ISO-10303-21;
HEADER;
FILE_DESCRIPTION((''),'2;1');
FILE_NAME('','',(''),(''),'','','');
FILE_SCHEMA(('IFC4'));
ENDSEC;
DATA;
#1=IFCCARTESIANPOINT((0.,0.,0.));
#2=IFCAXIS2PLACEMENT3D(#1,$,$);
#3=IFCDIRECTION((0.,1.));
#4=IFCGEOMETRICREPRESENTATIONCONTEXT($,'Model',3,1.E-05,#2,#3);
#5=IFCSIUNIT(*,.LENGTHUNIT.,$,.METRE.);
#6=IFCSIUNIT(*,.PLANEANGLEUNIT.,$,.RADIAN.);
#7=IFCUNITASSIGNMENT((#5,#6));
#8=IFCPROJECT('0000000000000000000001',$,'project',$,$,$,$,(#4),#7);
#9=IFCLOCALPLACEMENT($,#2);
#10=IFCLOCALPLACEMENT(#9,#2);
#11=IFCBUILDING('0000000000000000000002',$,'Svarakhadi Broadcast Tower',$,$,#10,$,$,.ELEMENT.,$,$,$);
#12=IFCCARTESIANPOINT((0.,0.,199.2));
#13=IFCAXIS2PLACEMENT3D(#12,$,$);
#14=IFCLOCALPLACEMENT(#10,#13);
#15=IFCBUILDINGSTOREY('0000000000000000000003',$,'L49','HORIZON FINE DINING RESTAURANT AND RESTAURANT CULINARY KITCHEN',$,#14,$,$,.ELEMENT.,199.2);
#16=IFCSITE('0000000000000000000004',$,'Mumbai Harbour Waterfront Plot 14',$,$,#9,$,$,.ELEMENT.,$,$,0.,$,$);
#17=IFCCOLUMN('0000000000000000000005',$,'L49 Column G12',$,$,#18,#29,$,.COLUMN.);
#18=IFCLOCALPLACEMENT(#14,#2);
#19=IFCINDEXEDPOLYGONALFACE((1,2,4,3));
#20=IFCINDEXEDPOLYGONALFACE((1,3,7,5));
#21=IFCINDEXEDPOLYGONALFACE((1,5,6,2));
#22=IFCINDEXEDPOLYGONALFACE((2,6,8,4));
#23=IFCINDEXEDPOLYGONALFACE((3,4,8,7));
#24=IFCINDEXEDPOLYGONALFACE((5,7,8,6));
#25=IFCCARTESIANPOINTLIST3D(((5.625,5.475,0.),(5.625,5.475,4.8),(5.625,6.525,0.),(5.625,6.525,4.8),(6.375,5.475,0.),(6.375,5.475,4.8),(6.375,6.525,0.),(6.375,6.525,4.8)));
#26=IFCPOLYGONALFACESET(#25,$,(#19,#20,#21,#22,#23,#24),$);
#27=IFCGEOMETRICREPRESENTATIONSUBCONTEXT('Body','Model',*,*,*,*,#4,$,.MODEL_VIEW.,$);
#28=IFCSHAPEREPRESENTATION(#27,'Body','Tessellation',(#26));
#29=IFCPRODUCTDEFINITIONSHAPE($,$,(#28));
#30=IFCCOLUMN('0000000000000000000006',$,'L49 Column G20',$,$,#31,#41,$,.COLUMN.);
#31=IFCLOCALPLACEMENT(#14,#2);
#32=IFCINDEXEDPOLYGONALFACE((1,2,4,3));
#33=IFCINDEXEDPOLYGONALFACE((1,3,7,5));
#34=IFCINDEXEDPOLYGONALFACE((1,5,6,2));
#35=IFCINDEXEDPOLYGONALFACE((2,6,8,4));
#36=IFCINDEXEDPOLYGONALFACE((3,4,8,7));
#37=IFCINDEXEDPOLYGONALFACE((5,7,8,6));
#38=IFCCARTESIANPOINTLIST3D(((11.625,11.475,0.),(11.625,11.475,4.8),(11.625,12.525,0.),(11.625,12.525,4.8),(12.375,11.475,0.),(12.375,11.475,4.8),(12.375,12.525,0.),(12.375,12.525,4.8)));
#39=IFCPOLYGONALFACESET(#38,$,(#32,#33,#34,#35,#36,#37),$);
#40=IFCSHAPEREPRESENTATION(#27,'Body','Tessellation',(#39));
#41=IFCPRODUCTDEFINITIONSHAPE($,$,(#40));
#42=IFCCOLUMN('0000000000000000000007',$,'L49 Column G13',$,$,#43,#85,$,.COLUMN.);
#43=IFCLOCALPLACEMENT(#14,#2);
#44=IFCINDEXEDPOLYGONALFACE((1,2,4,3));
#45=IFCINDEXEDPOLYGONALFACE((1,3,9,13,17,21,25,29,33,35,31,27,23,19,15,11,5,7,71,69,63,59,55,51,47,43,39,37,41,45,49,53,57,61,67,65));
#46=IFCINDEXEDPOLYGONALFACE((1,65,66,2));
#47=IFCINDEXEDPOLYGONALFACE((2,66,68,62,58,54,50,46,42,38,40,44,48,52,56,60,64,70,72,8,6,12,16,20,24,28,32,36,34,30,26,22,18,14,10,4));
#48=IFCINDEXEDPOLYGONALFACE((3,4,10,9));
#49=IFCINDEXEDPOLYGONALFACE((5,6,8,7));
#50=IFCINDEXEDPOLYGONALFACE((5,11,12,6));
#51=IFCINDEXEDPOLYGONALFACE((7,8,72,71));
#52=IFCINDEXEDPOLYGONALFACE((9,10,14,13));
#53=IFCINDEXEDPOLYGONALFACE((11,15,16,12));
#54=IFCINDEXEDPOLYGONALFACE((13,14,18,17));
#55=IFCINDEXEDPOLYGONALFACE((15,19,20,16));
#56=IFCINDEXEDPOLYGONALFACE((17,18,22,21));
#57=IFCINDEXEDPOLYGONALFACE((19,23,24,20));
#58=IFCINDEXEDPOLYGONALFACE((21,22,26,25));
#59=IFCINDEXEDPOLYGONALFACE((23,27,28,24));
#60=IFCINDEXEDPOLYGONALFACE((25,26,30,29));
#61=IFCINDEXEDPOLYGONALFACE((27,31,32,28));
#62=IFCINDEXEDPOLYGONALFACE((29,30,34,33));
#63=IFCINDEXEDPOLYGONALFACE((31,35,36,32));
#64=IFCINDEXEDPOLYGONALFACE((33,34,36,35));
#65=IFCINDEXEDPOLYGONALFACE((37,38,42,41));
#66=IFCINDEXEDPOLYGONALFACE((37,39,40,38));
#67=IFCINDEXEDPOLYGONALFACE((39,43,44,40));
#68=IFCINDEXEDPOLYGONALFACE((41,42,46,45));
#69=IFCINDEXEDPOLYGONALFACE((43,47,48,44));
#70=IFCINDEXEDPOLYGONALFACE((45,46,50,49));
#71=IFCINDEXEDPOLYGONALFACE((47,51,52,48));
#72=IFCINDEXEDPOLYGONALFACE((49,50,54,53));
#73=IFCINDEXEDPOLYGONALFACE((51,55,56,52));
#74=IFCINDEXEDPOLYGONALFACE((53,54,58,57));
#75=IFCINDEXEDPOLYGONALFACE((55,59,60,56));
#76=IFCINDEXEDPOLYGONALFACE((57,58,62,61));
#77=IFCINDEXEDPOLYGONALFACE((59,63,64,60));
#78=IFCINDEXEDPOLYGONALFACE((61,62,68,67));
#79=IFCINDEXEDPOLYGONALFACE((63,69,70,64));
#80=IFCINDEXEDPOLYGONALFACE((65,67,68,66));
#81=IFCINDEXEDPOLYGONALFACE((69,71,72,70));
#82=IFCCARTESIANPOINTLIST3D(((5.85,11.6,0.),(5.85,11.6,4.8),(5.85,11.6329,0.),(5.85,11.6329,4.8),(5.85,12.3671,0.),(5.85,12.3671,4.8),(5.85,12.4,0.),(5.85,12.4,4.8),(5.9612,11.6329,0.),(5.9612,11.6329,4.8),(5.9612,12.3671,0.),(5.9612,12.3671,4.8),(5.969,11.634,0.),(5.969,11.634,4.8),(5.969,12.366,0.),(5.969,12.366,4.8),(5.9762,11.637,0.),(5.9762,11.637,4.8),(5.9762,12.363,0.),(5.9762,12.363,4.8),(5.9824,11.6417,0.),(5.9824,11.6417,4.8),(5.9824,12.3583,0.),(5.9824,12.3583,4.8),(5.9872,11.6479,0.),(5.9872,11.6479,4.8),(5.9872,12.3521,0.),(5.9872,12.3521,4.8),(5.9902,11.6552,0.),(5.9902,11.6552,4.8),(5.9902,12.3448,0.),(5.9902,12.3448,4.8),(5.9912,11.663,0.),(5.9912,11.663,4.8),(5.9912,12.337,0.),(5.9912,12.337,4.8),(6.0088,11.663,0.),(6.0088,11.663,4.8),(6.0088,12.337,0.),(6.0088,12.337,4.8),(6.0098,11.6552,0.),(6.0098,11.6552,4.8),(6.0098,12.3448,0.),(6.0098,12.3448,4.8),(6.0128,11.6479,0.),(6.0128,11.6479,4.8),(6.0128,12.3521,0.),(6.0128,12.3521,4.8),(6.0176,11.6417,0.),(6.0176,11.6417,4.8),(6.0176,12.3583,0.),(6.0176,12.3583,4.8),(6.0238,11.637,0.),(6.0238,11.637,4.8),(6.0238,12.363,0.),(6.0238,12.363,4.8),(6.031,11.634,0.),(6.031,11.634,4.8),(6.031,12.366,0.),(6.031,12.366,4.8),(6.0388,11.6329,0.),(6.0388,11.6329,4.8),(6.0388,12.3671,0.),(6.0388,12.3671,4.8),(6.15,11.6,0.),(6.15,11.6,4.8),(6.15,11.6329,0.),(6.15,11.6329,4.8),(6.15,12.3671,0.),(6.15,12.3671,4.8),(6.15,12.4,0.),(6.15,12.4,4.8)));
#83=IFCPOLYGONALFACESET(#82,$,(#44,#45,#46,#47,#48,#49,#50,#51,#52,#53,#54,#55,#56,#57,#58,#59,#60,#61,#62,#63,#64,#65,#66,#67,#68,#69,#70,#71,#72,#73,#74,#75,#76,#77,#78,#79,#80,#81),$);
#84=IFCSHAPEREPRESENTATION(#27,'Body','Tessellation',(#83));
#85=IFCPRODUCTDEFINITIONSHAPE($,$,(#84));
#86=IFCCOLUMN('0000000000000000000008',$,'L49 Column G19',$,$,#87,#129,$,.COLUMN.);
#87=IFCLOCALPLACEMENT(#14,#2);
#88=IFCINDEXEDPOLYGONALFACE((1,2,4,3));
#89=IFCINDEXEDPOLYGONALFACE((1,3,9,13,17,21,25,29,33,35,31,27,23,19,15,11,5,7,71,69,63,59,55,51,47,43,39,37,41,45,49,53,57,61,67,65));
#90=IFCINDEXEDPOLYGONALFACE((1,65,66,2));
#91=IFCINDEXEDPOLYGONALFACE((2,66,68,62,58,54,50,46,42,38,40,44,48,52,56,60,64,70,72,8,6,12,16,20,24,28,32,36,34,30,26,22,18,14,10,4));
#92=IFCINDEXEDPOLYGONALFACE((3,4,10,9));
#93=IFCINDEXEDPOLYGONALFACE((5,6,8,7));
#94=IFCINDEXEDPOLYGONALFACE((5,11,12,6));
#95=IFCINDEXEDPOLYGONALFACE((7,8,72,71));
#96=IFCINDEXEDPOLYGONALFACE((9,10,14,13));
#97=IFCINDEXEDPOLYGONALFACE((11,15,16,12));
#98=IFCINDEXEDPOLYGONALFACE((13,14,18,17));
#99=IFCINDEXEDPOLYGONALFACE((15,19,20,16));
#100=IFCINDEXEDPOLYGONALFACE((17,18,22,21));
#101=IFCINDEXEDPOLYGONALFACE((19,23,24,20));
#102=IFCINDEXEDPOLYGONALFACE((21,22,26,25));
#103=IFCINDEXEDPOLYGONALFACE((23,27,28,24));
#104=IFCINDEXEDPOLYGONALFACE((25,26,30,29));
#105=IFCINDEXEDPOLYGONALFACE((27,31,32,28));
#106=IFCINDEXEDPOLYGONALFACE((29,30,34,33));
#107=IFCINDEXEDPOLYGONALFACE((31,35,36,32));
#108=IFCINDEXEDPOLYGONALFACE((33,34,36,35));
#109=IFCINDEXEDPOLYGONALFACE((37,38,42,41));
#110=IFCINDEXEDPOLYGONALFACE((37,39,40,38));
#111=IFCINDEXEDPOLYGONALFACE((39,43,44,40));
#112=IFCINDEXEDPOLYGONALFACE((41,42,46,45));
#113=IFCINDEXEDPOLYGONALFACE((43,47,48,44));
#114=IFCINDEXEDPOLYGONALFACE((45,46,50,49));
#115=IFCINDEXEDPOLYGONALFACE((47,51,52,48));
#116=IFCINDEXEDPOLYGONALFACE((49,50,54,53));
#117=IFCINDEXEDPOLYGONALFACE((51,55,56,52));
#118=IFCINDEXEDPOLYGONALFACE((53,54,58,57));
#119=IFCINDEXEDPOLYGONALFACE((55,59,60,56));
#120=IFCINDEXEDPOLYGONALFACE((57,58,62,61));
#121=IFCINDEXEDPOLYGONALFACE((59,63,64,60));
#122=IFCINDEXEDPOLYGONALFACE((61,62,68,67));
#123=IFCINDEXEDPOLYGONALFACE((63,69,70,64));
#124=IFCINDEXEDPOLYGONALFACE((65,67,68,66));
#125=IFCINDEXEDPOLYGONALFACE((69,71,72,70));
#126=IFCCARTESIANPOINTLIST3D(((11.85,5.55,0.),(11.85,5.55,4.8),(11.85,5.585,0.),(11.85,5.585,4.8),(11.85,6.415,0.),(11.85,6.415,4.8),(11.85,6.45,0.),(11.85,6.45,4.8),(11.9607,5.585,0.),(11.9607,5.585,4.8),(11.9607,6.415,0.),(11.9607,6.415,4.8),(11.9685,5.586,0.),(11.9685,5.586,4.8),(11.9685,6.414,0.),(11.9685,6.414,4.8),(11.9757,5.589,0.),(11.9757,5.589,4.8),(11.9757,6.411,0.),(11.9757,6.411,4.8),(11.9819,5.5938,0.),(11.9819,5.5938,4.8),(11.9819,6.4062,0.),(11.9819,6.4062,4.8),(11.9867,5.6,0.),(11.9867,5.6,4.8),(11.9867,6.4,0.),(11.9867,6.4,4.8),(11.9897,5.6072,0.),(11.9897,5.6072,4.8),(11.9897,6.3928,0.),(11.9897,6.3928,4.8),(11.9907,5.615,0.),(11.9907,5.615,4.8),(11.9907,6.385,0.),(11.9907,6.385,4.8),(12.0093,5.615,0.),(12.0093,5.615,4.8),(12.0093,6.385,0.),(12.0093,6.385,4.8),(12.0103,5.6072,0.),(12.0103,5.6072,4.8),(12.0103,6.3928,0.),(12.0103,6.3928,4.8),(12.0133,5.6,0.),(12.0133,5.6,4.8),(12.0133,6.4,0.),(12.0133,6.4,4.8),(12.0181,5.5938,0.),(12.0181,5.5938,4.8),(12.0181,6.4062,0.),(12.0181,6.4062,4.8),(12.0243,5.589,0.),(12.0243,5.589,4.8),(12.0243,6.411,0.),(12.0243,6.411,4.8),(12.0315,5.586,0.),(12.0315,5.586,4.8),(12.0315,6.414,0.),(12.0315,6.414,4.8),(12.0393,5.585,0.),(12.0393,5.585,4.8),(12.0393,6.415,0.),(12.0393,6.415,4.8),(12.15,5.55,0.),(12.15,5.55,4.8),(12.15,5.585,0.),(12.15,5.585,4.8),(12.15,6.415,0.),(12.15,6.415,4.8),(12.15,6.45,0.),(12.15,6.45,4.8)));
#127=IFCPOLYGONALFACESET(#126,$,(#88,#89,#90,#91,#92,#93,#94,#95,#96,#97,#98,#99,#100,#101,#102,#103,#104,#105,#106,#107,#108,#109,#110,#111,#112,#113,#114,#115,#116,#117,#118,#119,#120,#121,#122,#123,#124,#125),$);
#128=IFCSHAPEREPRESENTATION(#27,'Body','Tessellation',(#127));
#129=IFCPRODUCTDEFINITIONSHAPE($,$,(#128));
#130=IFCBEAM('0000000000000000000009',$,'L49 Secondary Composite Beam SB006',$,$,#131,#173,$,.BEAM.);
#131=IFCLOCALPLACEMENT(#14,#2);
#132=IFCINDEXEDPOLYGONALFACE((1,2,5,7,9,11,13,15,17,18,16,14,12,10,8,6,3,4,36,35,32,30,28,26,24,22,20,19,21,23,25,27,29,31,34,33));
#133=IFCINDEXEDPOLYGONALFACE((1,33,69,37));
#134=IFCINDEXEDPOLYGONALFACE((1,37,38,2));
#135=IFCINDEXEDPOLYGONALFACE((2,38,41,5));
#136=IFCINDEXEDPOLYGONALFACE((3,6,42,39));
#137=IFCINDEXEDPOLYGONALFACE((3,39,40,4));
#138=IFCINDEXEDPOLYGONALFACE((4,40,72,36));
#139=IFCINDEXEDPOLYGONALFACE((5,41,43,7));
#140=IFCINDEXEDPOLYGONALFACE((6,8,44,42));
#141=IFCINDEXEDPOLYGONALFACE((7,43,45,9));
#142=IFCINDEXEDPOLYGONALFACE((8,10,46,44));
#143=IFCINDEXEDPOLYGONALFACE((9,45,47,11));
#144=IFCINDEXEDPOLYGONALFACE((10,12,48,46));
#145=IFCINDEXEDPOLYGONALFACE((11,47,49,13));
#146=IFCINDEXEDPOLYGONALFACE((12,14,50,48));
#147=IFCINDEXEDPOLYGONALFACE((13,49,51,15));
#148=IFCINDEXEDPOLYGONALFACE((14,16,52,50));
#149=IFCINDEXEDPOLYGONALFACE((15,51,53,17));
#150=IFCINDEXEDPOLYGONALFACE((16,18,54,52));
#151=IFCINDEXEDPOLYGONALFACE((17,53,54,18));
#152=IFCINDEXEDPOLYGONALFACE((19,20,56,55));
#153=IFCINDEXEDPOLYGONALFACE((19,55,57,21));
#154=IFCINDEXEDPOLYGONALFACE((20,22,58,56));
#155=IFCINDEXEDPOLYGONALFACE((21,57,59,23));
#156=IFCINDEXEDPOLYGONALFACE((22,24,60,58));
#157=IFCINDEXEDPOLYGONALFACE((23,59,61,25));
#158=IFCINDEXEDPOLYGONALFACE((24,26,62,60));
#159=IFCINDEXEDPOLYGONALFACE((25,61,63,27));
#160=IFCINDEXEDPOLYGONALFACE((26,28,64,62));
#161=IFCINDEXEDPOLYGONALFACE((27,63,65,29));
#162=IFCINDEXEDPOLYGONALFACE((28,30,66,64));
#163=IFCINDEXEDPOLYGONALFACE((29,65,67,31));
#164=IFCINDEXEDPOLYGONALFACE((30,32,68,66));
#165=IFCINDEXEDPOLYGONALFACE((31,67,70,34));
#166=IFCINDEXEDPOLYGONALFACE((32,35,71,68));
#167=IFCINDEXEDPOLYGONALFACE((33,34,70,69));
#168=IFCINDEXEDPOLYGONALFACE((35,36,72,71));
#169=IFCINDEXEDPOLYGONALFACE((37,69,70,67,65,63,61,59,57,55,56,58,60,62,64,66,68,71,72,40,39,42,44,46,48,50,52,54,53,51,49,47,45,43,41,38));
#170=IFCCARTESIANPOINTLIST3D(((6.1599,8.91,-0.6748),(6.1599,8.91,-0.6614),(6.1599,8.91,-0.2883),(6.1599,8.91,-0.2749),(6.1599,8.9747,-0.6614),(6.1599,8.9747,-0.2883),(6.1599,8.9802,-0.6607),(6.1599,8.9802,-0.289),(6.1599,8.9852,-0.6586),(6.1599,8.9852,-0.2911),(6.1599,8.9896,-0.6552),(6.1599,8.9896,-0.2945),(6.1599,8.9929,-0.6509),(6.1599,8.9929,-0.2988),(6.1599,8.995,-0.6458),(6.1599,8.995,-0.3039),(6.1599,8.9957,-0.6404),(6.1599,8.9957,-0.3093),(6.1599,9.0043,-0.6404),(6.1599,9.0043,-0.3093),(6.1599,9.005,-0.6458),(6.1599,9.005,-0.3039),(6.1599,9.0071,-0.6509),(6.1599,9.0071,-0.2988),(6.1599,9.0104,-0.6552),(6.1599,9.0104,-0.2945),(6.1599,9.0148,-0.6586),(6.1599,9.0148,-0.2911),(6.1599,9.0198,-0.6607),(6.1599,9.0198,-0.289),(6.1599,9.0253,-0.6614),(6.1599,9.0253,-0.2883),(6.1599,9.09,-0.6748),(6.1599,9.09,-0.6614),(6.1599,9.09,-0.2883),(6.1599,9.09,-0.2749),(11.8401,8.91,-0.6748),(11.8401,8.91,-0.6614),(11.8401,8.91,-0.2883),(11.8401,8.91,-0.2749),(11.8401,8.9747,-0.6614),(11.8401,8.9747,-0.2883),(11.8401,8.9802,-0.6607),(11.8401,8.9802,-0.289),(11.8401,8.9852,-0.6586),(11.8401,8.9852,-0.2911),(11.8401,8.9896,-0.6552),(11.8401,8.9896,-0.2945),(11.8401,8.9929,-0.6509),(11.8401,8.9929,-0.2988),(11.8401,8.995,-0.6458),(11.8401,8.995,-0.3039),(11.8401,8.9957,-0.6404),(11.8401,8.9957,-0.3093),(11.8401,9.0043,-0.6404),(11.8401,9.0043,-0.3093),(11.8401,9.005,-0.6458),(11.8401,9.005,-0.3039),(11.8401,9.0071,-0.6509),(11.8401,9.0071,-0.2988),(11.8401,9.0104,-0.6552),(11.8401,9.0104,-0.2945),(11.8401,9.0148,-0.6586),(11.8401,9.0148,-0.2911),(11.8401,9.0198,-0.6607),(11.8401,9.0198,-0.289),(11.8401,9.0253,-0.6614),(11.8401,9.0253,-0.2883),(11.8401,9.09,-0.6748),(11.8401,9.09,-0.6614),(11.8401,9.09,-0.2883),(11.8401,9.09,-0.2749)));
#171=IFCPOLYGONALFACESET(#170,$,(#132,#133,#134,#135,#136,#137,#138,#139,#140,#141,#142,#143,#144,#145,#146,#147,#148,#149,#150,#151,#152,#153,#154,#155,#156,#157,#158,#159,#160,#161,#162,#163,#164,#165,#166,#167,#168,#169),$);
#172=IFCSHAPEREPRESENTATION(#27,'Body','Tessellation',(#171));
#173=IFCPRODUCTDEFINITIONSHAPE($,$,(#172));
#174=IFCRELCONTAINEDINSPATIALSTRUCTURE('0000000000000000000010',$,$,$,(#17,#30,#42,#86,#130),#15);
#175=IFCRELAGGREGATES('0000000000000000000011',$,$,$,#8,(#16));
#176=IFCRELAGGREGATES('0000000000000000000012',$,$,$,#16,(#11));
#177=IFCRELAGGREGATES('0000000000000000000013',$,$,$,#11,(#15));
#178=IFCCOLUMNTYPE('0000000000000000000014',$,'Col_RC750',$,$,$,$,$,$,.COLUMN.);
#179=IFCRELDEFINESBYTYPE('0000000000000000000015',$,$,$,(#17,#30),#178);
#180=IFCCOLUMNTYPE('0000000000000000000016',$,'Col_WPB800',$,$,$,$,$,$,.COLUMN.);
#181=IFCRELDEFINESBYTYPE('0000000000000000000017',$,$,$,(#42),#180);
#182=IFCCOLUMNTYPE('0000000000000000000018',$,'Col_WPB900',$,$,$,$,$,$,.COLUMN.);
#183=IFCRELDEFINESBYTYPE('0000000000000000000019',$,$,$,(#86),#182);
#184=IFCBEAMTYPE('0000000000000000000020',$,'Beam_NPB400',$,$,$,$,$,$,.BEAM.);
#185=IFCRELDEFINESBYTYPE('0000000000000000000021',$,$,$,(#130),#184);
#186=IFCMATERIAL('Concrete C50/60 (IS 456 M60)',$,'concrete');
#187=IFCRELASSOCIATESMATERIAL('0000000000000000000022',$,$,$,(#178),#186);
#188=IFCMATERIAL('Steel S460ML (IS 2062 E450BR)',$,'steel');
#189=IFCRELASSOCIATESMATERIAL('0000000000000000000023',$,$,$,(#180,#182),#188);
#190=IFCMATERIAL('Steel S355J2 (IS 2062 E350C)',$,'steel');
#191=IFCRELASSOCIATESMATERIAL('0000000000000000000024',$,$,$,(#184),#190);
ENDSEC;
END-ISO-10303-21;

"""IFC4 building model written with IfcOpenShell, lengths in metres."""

from ifc_helpers import new_model, si_unit, direction, frame, origin, origin_2d, place, context, subcontext, project, spatial, rectangle, i_section, extrude, material, material_profile, profile_set, type_object, element, save


model = new_model("IFC4")

# Units and contexts
model_context = context("Model", 3, precision=1e-05, world=origin(), true_north=direction((0.0, 1.0)))
body_context = subcontext(model_context, "Body", "Model", "MODEL_VIEW")
ifc_project = project(units=[si_unit("LENGTHUNIT", "METRE"), si_unit("PLANEANGLEUNIT", "RADIAN")], contexts=[model_context])

# Site, building, storey
site_placement = place(None, origin())
site = spatial("IfcSite", under=ifc_project, at=site_placement, Name="Mumbai Harbour Waterfront Plot 14", CompositionType="ELEMENT", RefElevation=0.0)
building_placement = place(site_placement, origin())
building = spatial("IfcBuilding", under=site, at=building_placement, Name="Svarakhadi Broadcast Tower", CompositionType="ELEMENT")
storey_placement = place(building_placement, frame((0.0, 0.0, 199.2)))
storey = spatial("IfcBuildingStorey", under=building, at=storey_placement, Name="L49", Description="HORIZON FINE DINING RESTAURANT AND RESTAURANT CULINARY KITCHEN", CompositionType="ELEMENT", Elevation=199.2)

# Columns
ifc_material_1 = material(Name="Concrete C50/60 (IS 456 M60)", Category="concrete")
ifc_material_profile_1 = material_profile(ifc_material_1, rectangle(XDim=0.75, YDim=1.05, at=origin_2d()), Name="RC 750x1050")
ifc_profile_set_1 = profile_set([ifc_material_profile_1], Name="Concrete C50/60 (IS 456 M60)")
column_type_1 = type_object("IfcColumnType", Name="Col_RC750", PredefinedType="COLUMN", material=ifc_profile_set_1)
for number, where, z_axis, x_axis, name in (
    (1, (6.0, 6.0, 0.0), (0.0, 0.0, 1.0), (1.0, 0.0, 0.0), "L49 Column G12"),
    (2, (12.0, 12.0, 0.0), (0.0, 0.0, 1.0), (1.0, 0.0, 0.0), "L49 Column G20"),
):
    element("IfcColumn", number, at=place(storey_placement, frame(where, z_axis=z_axis, x_axis=x_axis)), inside=storey, type_object=column_type_1, Name=name, PredefinedType="COLUMN", context=body_context, shape_type="SweptSolid", body=[
        extrude(rectangle(XDim=0.75, YDim=1.05, at=origin_2d()), origin(), (0.0, 0.0, 1.0), 4.8),
    ])
ifc_material_2 = material(Name="Steel S460ML (IS 2062 E450BR)", Category="steel")
ifc_material_profile_2 = material_profile(ifc_material_2, i_section(OverallWidth=0.3, OverallDepth=0.8, WebThickness=0.0176, FlangeThickness=0.033, FilletRadius=0.03, at=origin_2d()), Name="WPB 800x300x262")
ifc_profile_set_2 = profile_set([ifc_material_profile_2], Name="Steel S460ML (IS 2062 E450BR)")
column_type_2 = type_object("IfcColumnType", Name="Col_WPB800", PredefinedType="COLUMN", material=ifc_profile_set_2)
column_1_placement = place(storey_placement, frame((6.0, 12.0, 0.0), z_axis=(0.0, 0.0, 1.0), x_axis=(1.0, 0.0, 0.0)))
element("IfcColumn", 3, at=column_1_placement, inside=storey, type_object=column_type_2, Name="L49 Column G13", PredefinedType="COLUMN", context=body_context, shape_type="SweptSolid", body=[
    extrude(i_section(OverallWidth=0.3, OverallDepth=0.8, WebThickness=0.0176, FlangeThickness=0.033, FilletRadius=0.03, at=origin_2d()), origin(), (0.0, 0.0, 1.0), 4.8),
])
ifc_material_profile_3 = material_profile(ifc_material_2, i_section(OverallWidth=0.3, OverallDepth=0.8999, WebThickness=0.0186, FlangeThickness=0.0349, FilletRadius=0.03, at=origin_2d()), Name="WPB 900x300x291")
ifc_profile_set_3 = profile_set([ifc_material_profile_3], Name="Steel S460ML (IS 2062 E450BR)")
column_type_3 = type_object("IfcColumnType", Name="Col_WPB900", PredefinedType="COLUMN", material=ifc_profile_set_3)
column_2_placement = place(storey_placement, frame((12.0, 6.0, 0.0), z_axis=(0.0, 0.0, 1.0), x_axis=(1.0, 0.0, 0.0)))
element("IfcColumn", 4, at=column_2_placement, inside=storey, type_object=column_type_3, Name="L49 Column G19", PredefinedType="COLUMN", context=body_context, shape_type="SweptSolid", body=[
    extrude(i_section(OverallWidth=0.3, OverallDepth=0.8999, WebThickness=0.0186, FlangeThickness=0.0349, FilletRadius=0.03, at=origin_2d()), origin(), (0.0, 0.0, 1.0), 4.8),
])

# Beam
ifc_material_3 = material(Name="Steel S355J2 (IS 2062 E350C)", Category="steel")
ifc_material_profile_4 = material_profile(ifc_material_3, i_section(OverallWidth=0.1799, OverallDepth=0.3999, WebThickness=0.0085, FlangeThickness=0.0134, FilletRadius=0.021, at=origin_2d()), Name="NPB 400x180x66")
ifc_profile_set_4 = profile_set([ifc_material_profile_4], Name="Steel S355J2 (IS 2062 E350C)")
beam_type_1 = type_object("IfcBeamType", Name="Beam_NPB400", PredefinedType="BEAM", material=ifc_profile_set_4)
for number, where, z_axis, x_axis, name in (
    (5, (6.1599, 9.0, -0.4749), (1.0, 0.0, 0.0), (0.0, 1.0, 0.0), "L49 Secondary Composite Beam SB006"),
):
    element("IfcBeam", number, at=place(storey_placement, frame(where, z_axis=z_axis, x_axis=x_axis)), inside=storey, type_object=beam_type_1, Name=name, PredefinedType="BEAM", context=body_context, shape_type="SweptSolid", body=[
        extrude(i_section(OverallWidth=0.1799, OverallDepth=0.3999, WebThickness=0.0085, FlangeThickness=0.0134, FilletRadius=0.021, at=origin_2d()), origin(), (0.0, 0.0, 1.0), 5.6802),
    ])

save(model, "model.ifc")
